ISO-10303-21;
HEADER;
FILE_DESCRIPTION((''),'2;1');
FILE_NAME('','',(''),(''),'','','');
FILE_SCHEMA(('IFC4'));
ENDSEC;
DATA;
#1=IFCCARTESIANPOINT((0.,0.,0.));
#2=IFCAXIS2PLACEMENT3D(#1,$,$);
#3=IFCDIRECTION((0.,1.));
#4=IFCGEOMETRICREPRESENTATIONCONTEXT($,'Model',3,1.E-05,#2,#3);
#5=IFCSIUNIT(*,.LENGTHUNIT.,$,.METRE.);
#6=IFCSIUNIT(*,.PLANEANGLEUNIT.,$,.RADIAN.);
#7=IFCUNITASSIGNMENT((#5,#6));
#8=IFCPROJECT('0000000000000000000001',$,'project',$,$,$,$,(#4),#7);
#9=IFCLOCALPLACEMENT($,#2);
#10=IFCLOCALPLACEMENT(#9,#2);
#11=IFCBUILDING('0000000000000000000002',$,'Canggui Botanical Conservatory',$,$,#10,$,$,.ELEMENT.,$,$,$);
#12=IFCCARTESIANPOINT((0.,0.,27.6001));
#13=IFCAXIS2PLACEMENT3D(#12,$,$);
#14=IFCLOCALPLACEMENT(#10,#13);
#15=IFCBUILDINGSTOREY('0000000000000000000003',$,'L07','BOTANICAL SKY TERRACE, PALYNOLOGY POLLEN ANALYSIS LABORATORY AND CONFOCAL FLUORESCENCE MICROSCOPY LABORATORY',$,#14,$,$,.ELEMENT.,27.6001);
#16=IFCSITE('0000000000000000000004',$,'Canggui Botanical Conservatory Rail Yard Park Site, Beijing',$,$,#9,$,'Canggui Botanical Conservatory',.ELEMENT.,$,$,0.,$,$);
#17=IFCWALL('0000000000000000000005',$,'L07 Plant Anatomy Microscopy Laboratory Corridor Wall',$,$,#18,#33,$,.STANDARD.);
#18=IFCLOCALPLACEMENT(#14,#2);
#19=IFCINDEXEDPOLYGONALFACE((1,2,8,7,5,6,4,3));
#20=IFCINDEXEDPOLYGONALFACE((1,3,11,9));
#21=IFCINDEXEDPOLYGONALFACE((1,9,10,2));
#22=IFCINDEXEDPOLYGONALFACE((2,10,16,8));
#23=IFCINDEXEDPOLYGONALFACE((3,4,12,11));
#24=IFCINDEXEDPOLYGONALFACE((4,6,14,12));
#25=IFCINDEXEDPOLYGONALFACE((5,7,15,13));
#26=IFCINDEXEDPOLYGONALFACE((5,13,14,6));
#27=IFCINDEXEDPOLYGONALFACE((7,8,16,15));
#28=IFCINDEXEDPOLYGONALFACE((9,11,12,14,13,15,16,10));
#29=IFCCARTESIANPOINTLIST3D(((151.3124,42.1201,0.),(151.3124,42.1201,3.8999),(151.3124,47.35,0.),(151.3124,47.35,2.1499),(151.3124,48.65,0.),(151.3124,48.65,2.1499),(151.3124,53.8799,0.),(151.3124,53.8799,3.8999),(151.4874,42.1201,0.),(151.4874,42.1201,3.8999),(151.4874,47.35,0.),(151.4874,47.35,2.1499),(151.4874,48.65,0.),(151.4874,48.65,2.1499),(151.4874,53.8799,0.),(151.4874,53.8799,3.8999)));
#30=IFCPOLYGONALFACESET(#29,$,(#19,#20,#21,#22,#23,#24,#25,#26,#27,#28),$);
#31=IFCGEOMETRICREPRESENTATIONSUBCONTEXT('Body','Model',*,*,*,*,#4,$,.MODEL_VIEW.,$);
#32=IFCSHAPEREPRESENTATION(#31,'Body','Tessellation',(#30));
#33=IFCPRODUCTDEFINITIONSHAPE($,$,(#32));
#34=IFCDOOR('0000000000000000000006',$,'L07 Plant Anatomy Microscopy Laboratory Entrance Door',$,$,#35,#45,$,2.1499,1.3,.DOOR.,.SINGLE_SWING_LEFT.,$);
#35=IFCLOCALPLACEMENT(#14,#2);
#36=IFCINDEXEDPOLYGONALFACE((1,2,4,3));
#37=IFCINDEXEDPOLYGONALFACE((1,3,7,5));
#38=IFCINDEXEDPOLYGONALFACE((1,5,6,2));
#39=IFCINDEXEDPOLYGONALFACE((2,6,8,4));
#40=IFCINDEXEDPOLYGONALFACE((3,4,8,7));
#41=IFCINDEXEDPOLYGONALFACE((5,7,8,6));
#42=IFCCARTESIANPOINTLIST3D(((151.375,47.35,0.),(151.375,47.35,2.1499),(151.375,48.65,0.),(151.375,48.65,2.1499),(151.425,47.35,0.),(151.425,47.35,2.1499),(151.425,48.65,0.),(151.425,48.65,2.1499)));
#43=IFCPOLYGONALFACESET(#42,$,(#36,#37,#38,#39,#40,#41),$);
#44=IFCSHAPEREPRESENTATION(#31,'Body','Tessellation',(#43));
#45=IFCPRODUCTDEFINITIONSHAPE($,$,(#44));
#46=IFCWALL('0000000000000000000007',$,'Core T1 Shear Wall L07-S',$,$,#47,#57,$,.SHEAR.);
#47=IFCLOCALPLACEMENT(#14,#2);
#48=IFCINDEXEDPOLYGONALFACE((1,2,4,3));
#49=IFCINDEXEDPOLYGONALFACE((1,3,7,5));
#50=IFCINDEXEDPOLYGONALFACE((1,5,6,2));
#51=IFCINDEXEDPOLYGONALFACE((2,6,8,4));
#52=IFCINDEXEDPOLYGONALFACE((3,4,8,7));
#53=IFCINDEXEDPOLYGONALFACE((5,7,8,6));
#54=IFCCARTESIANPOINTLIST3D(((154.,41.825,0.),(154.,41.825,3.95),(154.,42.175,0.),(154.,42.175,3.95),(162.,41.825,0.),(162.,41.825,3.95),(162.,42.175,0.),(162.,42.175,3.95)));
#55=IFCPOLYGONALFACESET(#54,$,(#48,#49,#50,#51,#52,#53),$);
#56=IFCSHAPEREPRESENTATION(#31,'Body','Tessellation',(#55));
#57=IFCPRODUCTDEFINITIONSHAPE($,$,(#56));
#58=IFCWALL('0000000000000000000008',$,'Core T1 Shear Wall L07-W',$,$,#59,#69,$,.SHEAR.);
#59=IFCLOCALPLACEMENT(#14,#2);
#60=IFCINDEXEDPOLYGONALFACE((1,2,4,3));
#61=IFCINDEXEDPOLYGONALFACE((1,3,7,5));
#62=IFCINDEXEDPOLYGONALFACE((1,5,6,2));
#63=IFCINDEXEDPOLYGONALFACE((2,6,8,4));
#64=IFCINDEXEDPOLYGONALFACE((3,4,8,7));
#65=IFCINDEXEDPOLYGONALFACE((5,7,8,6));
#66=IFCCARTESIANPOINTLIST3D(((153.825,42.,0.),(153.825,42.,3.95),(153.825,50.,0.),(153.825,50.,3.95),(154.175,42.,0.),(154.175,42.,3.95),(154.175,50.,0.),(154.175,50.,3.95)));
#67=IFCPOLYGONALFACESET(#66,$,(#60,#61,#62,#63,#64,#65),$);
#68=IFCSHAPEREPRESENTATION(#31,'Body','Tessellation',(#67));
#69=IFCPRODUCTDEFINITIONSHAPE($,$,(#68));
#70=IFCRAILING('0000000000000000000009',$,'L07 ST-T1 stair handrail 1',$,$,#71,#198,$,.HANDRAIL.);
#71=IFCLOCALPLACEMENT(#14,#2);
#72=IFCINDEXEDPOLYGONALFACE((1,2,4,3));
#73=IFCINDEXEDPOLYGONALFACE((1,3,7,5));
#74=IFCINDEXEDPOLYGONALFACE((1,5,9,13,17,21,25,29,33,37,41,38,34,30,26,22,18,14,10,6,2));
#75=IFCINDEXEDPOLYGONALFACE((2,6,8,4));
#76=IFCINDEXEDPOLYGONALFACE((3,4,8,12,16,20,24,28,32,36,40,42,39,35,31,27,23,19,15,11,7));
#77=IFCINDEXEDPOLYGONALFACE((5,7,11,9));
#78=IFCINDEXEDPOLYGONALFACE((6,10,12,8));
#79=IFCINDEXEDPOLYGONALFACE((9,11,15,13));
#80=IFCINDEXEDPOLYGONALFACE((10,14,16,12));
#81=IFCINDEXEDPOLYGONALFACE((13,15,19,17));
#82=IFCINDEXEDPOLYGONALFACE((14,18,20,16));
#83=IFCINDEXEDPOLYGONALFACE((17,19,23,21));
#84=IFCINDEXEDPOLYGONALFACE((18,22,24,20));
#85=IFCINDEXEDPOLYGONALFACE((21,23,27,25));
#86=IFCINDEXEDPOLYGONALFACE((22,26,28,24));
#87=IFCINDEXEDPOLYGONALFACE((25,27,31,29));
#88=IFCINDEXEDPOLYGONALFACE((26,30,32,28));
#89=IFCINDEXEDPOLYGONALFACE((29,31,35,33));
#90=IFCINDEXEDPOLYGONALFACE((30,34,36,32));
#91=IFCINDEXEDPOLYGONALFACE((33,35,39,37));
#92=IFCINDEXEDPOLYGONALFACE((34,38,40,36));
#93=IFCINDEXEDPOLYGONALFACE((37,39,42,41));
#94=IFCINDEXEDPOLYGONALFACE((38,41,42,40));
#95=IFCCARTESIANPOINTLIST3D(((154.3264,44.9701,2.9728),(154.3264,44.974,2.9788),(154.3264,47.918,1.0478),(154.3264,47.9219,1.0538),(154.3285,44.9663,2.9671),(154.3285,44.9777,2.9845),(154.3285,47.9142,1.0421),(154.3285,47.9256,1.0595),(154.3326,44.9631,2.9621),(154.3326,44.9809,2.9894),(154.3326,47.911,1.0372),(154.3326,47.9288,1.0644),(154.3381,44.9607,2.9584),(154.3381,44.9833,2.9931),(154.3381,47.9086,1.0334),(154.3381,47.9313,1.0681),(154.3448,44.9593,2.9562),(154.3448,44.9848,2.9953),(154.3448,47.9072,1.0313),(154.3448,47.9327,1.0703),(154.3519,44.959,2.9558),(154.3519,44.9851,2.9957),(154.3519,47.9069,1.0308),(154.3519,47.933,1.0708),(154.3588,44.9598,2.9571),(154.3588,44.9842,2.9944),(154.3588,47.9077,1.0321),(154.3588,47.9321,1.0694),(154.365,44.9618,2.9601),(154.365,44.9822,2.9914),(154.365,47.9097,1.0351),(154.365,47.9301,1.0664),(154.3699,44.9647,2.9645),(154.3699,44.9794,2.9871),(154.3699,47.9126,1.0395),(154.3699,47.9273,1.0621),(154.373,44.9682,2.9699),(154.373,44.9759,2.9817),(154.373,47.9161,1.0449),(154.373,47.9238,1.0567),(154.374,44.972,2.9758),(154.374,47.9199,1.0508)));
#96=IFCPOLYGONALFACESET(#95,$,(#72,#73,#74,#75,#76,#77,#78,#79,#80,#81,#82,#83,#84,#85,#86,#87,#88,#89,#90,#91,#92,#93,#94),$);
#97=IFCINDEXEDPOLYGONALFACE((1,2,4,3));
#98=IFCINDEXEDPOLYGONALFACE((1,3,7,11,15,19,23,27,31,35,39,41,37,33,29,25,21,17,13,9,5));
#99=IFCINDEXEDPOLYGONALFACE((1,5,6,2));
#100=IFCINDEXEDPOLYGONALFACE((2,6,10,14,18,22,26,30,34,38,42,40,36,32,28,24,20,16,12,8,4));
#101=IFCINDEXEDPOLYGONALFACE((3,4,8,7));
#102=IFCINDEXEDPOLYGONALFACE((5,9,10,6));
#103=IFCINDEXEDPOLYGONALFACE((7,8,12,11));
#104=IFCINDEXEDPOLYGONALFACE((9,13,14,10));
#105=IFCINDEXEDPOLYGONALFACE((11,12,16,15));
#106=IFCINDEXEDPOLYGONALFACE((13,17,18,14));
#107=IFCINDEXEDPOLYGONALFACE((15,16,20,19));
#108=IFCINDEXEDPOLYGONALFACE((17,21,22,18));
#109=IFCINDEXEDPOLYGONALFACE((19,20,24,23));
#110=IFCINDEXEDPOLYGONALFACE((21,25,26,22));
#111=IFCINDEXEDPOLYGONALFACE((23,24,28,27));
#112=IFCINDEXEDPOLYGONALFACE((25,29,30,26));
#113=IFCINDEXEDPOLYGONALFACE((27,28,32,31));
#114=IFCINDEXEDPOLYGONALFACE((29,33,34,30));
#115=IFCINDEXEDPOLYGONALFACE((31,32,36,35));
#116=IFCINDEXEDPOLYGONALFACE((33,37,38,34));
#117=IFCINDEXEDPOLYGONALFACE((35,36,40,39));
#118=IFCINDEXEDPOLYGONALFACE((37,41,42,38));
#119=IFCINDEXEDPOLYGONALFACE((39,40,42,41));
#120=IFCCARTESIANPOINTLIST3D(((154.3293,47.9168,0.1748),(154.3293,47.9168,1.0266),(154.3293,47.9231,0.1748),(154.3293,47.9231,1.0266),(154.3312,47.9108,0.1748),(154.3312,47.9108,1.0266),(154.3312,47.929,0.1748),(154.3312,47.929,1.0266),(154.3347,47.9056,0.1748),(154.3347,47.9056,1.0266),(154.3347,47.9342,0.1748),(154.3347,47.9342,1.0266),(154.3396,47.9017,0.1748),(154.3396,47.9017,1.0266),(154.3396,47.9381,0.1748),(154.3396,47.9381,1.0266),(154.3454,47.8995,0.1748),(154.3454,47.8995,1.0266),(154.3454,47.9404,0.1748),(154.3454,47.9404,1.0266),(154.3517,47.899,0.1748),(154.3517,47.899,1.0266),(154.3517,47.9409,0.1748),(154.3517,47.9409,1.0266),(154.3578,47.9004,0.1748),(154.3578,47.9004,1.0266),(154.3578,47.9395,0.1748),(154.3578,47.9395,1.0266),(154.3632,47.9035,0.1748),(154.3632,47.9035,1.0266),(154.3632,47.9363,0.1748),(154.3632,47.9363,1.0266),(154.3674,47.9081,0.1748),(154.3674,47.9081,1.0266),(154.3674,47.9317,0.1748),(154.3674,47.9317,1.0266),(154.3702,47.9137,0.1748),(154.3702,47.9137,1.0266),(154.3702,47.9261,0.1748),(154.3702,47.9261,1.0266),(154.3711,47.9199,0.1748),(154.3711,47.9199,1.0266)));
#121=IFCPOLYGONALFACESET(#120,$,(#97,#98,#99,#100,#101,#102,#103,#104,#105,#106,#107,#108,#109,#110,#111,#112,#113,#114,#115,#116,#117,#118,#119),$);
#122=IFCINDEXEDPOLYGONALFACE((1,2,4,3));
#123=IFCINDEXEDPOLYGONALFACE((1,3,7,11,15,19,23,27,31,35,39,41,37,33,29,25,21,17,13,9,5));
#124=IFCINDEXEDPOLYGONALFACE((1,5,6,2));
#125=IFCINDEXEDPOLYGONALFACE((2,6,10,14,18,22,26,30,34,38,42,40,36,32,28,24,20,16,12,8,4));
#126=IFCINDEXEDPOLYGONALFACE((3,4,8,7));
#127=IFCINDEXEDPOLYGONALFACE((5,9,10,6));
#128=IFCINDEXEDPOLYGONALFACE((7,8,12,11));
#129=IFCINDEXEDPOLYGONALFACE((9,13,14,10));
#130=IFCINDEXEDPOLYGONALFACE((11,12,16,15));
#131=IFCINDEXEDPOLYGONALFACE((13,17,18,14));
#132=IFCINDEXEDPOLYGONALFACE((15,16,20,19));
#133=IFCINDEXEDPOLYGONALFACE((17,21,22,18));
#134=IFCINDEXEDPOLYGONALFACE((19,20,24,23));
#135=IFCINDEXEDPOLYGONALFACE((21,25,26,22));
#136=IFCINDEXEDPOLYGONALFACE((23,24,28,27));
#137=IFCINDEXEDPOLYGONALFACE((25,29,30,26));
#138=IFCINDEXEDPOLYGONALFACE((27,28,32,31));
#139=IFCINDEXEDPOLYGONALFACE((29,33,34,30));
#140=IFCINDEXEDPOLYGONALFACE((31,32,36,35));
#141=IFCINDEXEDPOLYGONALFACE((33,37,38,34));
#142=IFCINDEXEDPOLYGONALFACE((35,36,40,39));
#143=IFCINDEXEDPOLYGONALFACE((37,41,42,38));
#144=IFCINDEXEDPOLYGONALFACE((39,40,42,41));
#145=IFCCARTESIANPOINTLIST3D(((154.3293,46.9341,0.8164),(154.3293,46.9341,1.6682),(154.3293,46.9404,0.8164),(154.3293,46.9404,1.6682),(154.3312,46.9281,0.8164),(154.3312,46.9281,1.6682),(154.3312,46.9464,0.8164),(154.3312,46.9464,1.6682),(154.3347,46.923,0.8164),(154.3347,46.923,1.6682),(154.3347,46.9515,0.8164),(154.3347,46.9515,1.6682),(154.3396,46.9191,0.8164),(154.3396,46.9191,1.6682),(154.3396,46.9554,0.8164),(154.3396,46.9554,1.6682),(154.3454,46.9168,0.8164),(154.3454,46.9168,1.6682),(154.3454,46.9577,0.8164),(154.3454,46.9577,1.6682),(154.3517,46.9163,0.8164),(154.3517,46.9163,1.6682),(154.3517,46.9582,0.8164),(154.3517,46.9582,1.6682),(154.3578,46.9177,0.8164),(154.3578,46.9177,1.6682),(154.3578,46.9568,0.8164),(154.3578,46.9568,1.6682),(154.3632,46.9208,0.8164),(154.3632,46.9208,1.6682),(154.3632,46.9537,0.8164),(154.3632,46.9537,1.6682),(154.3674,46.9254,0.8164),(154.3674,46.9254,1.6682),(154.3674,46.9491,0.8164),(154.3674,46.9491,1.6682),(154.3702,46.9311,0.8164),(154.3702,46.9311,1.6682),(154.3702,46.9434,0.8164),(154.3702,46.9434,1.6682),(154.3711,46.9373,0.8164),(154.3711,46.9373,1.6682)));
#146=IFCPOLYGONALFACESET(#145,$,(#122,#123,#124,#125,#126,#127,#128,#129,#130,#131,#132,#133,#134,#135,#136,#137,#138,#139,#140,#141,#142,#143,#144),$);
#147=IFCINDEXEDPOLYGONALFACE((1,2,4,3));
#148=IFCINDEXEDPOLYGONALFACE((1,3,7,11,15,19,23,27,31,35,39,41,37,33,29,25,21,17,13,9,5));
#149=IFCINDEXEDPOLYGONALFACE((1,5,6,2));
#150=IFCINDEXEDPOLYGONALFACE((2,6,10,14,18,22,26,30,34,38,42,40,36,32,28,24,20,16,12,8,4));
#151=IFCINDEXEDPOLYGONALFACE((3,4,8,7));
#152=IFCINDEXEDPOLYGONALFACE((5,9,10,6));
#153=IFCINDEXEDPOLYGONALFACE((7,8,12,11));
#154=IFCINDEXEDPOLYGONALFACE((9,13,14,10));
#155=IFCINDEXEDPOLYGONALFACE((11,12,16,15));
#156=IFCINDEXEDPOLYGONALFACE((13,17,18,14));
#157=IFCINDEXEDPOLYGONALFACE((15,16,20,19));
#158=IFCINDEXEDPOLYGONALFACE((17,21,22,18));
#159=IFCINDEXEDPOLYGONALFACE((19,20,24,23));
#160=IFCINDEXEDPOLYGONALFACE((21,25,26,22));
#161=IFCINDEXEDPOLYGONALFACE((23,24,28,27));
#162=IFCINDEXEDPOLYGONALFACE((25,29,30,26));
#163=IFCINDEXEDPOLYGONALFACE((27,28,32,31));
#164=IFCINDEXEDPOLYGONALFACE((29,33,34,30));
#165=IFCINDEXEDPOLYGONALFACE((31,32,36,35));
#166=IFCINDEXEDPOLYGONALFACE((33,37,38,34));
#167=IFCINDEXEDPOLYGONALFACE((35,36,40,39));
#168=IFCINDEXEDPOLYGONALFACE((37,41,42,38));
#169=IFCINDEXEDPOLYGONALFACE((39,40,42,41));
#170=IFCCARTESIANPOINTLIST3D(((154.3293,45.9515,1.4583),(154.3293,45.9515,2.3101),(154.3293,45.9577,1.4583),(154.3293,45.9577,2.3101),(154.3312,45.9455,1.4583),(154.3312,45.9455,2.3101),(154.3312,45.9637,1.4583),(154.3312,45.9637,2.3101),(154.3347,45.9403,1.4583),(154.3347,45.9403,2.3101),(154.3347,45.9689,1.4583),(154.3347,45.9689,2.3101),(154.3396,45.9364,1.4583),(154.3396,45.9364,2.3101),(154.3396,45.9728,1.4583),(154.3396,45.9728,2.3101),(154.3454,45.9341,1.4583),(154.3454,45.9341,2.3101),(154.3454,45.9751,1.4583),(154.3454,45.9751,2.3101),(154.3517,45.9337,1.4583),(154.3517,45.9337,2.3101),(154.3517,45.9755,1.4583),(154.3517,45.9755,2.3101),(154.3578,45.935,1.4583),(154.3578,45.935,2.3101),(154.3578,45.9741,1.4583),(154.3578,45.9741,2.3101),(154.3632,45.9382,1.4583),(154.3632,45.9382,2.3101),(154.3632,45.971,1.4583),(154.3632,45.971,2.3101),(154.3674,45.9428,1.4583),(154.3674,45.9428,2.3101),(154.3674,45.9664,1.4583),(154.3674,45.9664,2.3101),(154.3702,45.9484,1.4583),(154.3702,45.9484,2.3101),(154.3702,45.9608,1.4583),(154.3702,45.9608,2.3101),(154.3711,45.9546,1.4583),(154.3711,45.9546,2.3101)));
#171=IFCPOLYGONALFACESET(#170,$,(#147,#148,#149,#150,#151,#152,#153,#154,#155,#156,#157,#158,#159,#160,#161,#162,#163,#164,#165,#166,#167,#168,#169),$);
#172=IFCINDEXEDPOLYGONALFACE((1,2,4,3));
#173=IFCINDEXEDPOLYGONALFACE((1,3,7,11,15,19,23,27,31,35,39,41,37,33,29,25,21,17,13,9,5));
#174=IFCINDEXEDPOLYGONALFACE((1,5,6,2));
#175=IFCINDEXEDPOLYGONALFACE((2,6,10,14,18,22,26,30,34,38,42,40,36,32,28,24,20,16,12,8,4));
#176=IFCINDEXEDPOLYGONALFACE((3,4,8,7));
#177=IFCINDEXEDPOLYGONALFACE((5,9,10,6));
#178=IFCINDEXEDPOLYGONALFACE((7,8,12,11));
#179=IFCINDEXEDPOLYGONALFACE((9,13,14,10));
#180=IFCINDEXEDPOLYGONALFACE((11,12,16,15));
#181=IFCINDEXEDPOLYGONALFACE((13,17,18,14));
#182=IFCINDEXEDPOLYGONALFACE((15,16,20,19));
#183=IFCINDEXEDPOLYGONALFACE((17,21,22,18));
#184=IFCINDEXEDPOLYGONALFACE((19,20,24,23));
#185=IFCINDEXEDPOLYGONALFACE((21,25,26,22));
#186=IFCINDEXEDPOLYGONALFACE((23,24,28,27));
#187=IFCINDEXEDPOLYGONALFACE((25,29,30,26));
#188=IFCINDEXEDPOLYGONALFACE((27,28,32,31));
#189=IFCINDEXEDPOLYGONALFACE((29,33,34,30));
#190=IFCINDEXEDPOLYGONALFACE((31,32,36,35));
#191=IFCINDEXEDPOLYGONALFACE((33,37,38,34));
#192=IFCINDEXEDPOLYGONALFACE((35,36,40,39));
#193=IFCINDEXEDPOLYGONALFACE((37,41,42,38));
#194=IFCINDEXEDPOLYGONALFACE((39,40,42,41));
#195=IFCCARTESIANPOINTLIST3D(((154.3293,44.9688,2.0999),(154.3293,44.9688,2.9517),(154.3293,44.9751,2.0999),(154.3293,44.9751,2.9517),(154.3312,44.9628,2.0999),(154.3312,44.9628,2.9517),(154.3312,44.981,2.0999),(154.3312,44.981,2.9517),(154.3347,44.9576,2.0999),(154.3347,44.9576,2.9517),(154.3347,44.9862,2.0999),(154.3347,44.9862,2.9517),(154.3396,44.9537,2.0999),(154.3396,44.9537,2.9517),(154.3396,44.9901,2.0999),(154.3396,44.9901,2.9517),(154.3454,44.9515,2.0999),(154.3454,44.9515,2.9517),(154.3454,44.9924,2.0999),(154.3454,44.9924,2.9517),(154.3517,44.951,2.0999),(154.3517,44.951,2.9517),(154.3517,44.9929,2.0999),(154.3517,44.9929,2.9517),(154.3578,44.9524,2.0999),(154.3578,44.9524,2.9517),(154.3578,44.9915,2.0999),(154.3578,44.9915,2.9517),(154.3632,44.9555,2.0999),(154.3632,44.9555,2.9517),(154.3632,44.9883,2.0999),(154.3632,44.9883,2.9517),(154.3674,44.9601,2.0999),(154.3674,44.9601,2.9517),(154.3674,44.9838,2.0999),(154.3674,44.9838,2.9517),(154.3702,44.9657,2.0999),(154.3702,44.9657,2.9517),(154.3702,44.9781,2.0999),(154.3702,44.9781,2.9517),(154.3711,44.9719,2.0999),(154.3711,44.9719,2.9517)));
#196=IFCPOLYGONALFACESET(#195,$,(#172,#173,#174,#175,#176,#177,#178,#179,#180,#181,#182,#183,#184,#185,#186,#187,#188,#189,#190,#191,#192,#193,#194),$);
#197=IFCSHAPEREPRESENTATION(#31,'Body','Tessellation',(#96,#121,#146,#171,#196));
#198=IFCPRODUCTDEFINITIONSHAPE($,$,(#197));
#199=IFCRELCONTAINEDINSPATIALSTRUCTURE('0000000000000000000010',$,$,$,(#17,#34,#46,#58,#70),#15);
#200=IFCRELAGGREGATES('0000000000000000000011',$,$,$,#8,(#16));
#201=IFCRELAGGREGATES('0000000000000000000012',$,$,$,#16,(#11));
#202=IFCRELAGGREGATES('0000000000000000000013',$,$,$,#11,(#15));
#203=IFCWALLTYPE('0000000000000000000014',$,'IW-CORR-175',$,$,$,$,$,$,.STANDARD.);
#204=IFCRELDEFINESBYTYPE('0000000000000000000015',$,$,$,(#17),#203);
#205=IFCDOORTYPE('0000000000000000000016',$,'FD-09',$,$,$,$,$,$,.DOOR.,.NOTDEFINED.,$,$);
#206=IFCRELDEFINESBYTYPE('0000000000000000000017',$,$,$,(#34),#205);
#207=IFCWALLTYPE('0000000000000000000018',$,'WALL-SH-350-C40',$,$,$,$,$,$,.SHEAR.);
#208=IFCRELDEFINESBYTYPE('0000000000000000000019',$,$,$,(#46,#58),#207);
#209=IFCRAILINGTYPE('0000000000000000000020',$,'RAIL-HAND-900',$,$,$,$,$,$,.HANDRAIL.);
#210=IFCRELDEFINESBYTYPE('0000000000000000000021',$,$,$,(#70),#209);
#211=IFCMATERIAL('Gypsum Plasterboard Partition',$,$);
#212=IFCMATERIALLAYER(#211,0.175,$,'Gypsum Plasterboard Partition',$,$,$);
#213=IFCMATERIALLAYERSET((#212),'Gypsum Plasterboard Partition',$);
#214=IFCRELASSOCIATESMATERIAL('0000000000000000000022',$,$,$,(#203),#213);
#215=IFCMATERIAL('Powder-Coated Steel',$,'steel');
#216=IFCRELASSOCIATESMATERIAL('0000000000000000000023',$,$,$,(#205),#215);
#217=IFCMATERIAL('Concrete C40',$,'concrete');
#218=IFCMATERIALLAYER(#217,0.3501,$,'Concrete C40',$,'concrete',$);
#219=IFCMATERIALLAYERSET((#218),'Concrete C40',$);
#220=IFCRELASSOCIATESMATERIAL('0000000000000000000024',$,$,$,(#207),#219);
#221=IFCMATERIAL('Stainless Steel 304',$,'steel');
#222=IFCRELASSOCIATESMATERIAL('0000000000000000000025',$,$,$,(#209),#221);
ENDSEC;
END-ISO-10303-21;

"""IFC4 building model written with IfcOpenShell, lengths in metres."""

from ifc_helpers import new_model, si_unit, direction, frame, frame_2d, origin, origin_2d, place, context, subcontext, project, spatial, rectangle, circle, extrude, material, layer, layer_set, type_object, element, fill, save


model = new_model("IFC4")

# Units and contexts
model_context = context("Model", 3, precision=1e-05, world=origin(), true_north=direction((0.0, 1.0)))
body_context = subcontext(model_context, "Body", "Model", "MODEL_VIEW")
ifc_project = project(units=[si_unit("LENGTHUNIT", "METRE"), si_unit("PLANEANGLEUNIT", "RADIAN")], contexts=[model_context])

# Site, building, storey
site_placement = place(None, origin())
site = spatial("IfcSite", under=ifc_project, at=site_placement, Name="Canggui Botanical Conservatory Rail Yard Park Site, Beijing", LongName="Canggui Botanical Conservatory", CompositionType="ELEMENT", RefElevation=0.0)
building_placement = place(site_placement, origin())
building = spatial("IfcBuilding", under=site, at=building_placement, Name="Canggui Botanical Conservatory", CompositionType="ELEMENT")
storey_placement = place(building_placement, frame((0.0, 0.0, 27.6001)))
storey = spatial("IfcBuildingStorey", under=building, at=storey_placement, Name="L07", Description="BOTANICAL SKY TERRACE, PALYNOLOGY POLLEN ANALYSIS LABORATORY AND CONFOCAL FLUORESCENCE MICROSCOPY LABORATORY", CompositionType="ELEMENT", Elevation=27.6001)

# Shared definitions
ifc_material_1 = material(Name="Concrete C40", Category="concrete")

# Wall, opening, door
ifc_material_2 = material(Name="Gypsum Plasterboard Partition")
ifc_layer_1 = layer(ifc_material_2, 0.175, Name="Gypsum Plasterboard Partition")
ifc_layer_set_1 = layer_set([ifc_layer_1], Name="Gypsum Plasterboard Partition")
wall_type_1 = type_object("IfcWallType", Name="IW-CORR-175", PredefinedType="STANDARD", material=ifc_layer_set_1)
wall_1_placement = place(storey_placement, frame((151.3999, 42.1201, 0.0), z_axis=(0.0, 0.0, 1.0), x_axis=(0.0, 1.0, 0.0)))
wall_1 = element("IfcWall", 1, at=wall_1_placement, inside=storey, type_object=wall_type_1, Name="L07 Plant Anatomy Microscopy Laboratory Corridor Wall", PredefinedType="STANDARD", context=body_context, shape_type="SweptSolid", body=[
    extrude(rectangle(XDim=11.7598, YDim=0.175, at=frame_2d((5.8799, 0.0))), origin(), (0.0, 0.0, 1.0), 3.8999),
])
opening_1_placement = place(wall_1_placement, frame((5.23, 0.0, 0.0)))
opening_1 = element("IfcOpeningElement", 2, at=opening_1_placement, cuts=wall_1, PredefinedType="OPENING", context=body_context, shape_type="SweptSolid", body=[
    extrude(rectangle(XDim=1.3, YDim=2.1499, at=frame_2d((0.6499, 1.075))), frame((0.0, 0.0977, 0.0), z_axis=(0.0, -1.0, 0.0), x_axis=(1.0, 0.0, 0.0)), (0.0, 0.0, 1.0), 0.1951),
])
ifc_material_3 = material(Name="Powder-Coated Steel", Category="steel")
door_type = type_object("IfcDoorType", Name="FD-09", OperationType="NOTDEFINED", PredefinedType="DOOR", material=ifc_material_3)
door_placement = place(opening_1_placement, origin())
door = element("IfcDoor", 3, at=door_placement, inside=storey, type_object=door_type, Name="L07 Plant Anatomy Microscopy Laboratory Entrance Door", OperationType="SINGLE_SWING_LEFT", OverallHeight=2.1499, OverallWidth=1.3, PredefinedType="DOOR", context=body_context, shape_type="SweptSolid", body=[
    extrude(rectangle(XDim=1.3, YDim=2.1499, at=frame_2d((0.6499, 1.075))), frame((0.0, 0.0249, 0.0), z_axis=(0.0, -1.0, 0.0), x_axis=(1.0, 0.0, 0.0)), (0.0, 0.0, 1.0), 0.05),
])
fill(opening_1, door)

# Walls
ifc_layer_2 = layer(ifc_material_1, 0.3501, Name="Concrete C40", Category="concrete")
ifc_layer_set_2 = layer_set([ifc_layer_2], Name="Concrete C40")
wall_type_2 = type_object("IfcWallType", Name="WALL-SH-350-C40", PredefinedType="SHEAR", material=ifc_layer_set_2)
for number, where, z_axis, x_axis, name in (
    (4, (154.0, 42.0, 0.0), (0.0, 0.0, 1.0), (1.0, 0.0, 0.0), "Core T1 Shear Wall L07-S"),
    (5, (154.0, 50.0, 0.0), (0.0, 0.0, 1.0), (0.0, -1.0, 0.0), "Core T1 Shear Wall L07-W"),
):
    element("IfcWall", number, at=place(storey_placement, frame(where, z_axis=z_axis, x_axis=x_axis)), inside=storey, type_object=wall_type_2, Name=name, PredefinedType="SHEAR", context=body_context, shape_type="SweptSolid", body=[
        extrude(rectangle(XDim=8.0, YDim=0.3501, at=frame_2d((4.0, 0.0))), origin(), (0.0, 0.0, 1.0), 3.95),
    ])

# Railing
ifc_material_4 = material(Name="Stainless Steel 304", Category="steel")
railing_type = type_object("IfcRailingType", Name="RAIL-HAND-900", PredefinedType="HANDRAIL", material=ifc_material_4)
railing_placement = place(storey_placement, frame((154.3501, 47.9199, 0.1748)))
element("IfcRailing", 6, at=railing_placement, inside=storey, type_object=railing_type, Name="L07 ST-T1 stair handrail 1", PredefinedType="HANDRAIL", context=body_context, shape_type="SweptSolid", body=[
    extrude(circle(Radius=0.0239, at=origin_2d()), frame((0.0, 0.0, 0.876), z_axis=(0.0, -0.837293, 0.546754), x_axis=(1.0, 0.0, 0.0)), (0.0, 0.0, 1.0), 3.5208),
    extrude(circle(Radius=0.021, at=origin_2d()), origin(), (0.0, 0.0, 1.0), 0.8518),
    extrude(circle(Radius=0.021, at=origin_2d()), frame((0.0, -0.9827, 0.6416)), (0.0, 0.0, 1.0), 0.8518),
    extrude(circle(Radius=0.021, at=origin_2d()), frame((0.0, -1.9653, 1.2834)), (0.0, 0.0, 1.0), 0.8518),
    extrude(circle(Radius=0.021, at=origin_2d()), frame((0.0, -2.948, 1.925)), (0.0, 0.0, 1.0), 0.8518),
])

save(model, "model.ifc")
